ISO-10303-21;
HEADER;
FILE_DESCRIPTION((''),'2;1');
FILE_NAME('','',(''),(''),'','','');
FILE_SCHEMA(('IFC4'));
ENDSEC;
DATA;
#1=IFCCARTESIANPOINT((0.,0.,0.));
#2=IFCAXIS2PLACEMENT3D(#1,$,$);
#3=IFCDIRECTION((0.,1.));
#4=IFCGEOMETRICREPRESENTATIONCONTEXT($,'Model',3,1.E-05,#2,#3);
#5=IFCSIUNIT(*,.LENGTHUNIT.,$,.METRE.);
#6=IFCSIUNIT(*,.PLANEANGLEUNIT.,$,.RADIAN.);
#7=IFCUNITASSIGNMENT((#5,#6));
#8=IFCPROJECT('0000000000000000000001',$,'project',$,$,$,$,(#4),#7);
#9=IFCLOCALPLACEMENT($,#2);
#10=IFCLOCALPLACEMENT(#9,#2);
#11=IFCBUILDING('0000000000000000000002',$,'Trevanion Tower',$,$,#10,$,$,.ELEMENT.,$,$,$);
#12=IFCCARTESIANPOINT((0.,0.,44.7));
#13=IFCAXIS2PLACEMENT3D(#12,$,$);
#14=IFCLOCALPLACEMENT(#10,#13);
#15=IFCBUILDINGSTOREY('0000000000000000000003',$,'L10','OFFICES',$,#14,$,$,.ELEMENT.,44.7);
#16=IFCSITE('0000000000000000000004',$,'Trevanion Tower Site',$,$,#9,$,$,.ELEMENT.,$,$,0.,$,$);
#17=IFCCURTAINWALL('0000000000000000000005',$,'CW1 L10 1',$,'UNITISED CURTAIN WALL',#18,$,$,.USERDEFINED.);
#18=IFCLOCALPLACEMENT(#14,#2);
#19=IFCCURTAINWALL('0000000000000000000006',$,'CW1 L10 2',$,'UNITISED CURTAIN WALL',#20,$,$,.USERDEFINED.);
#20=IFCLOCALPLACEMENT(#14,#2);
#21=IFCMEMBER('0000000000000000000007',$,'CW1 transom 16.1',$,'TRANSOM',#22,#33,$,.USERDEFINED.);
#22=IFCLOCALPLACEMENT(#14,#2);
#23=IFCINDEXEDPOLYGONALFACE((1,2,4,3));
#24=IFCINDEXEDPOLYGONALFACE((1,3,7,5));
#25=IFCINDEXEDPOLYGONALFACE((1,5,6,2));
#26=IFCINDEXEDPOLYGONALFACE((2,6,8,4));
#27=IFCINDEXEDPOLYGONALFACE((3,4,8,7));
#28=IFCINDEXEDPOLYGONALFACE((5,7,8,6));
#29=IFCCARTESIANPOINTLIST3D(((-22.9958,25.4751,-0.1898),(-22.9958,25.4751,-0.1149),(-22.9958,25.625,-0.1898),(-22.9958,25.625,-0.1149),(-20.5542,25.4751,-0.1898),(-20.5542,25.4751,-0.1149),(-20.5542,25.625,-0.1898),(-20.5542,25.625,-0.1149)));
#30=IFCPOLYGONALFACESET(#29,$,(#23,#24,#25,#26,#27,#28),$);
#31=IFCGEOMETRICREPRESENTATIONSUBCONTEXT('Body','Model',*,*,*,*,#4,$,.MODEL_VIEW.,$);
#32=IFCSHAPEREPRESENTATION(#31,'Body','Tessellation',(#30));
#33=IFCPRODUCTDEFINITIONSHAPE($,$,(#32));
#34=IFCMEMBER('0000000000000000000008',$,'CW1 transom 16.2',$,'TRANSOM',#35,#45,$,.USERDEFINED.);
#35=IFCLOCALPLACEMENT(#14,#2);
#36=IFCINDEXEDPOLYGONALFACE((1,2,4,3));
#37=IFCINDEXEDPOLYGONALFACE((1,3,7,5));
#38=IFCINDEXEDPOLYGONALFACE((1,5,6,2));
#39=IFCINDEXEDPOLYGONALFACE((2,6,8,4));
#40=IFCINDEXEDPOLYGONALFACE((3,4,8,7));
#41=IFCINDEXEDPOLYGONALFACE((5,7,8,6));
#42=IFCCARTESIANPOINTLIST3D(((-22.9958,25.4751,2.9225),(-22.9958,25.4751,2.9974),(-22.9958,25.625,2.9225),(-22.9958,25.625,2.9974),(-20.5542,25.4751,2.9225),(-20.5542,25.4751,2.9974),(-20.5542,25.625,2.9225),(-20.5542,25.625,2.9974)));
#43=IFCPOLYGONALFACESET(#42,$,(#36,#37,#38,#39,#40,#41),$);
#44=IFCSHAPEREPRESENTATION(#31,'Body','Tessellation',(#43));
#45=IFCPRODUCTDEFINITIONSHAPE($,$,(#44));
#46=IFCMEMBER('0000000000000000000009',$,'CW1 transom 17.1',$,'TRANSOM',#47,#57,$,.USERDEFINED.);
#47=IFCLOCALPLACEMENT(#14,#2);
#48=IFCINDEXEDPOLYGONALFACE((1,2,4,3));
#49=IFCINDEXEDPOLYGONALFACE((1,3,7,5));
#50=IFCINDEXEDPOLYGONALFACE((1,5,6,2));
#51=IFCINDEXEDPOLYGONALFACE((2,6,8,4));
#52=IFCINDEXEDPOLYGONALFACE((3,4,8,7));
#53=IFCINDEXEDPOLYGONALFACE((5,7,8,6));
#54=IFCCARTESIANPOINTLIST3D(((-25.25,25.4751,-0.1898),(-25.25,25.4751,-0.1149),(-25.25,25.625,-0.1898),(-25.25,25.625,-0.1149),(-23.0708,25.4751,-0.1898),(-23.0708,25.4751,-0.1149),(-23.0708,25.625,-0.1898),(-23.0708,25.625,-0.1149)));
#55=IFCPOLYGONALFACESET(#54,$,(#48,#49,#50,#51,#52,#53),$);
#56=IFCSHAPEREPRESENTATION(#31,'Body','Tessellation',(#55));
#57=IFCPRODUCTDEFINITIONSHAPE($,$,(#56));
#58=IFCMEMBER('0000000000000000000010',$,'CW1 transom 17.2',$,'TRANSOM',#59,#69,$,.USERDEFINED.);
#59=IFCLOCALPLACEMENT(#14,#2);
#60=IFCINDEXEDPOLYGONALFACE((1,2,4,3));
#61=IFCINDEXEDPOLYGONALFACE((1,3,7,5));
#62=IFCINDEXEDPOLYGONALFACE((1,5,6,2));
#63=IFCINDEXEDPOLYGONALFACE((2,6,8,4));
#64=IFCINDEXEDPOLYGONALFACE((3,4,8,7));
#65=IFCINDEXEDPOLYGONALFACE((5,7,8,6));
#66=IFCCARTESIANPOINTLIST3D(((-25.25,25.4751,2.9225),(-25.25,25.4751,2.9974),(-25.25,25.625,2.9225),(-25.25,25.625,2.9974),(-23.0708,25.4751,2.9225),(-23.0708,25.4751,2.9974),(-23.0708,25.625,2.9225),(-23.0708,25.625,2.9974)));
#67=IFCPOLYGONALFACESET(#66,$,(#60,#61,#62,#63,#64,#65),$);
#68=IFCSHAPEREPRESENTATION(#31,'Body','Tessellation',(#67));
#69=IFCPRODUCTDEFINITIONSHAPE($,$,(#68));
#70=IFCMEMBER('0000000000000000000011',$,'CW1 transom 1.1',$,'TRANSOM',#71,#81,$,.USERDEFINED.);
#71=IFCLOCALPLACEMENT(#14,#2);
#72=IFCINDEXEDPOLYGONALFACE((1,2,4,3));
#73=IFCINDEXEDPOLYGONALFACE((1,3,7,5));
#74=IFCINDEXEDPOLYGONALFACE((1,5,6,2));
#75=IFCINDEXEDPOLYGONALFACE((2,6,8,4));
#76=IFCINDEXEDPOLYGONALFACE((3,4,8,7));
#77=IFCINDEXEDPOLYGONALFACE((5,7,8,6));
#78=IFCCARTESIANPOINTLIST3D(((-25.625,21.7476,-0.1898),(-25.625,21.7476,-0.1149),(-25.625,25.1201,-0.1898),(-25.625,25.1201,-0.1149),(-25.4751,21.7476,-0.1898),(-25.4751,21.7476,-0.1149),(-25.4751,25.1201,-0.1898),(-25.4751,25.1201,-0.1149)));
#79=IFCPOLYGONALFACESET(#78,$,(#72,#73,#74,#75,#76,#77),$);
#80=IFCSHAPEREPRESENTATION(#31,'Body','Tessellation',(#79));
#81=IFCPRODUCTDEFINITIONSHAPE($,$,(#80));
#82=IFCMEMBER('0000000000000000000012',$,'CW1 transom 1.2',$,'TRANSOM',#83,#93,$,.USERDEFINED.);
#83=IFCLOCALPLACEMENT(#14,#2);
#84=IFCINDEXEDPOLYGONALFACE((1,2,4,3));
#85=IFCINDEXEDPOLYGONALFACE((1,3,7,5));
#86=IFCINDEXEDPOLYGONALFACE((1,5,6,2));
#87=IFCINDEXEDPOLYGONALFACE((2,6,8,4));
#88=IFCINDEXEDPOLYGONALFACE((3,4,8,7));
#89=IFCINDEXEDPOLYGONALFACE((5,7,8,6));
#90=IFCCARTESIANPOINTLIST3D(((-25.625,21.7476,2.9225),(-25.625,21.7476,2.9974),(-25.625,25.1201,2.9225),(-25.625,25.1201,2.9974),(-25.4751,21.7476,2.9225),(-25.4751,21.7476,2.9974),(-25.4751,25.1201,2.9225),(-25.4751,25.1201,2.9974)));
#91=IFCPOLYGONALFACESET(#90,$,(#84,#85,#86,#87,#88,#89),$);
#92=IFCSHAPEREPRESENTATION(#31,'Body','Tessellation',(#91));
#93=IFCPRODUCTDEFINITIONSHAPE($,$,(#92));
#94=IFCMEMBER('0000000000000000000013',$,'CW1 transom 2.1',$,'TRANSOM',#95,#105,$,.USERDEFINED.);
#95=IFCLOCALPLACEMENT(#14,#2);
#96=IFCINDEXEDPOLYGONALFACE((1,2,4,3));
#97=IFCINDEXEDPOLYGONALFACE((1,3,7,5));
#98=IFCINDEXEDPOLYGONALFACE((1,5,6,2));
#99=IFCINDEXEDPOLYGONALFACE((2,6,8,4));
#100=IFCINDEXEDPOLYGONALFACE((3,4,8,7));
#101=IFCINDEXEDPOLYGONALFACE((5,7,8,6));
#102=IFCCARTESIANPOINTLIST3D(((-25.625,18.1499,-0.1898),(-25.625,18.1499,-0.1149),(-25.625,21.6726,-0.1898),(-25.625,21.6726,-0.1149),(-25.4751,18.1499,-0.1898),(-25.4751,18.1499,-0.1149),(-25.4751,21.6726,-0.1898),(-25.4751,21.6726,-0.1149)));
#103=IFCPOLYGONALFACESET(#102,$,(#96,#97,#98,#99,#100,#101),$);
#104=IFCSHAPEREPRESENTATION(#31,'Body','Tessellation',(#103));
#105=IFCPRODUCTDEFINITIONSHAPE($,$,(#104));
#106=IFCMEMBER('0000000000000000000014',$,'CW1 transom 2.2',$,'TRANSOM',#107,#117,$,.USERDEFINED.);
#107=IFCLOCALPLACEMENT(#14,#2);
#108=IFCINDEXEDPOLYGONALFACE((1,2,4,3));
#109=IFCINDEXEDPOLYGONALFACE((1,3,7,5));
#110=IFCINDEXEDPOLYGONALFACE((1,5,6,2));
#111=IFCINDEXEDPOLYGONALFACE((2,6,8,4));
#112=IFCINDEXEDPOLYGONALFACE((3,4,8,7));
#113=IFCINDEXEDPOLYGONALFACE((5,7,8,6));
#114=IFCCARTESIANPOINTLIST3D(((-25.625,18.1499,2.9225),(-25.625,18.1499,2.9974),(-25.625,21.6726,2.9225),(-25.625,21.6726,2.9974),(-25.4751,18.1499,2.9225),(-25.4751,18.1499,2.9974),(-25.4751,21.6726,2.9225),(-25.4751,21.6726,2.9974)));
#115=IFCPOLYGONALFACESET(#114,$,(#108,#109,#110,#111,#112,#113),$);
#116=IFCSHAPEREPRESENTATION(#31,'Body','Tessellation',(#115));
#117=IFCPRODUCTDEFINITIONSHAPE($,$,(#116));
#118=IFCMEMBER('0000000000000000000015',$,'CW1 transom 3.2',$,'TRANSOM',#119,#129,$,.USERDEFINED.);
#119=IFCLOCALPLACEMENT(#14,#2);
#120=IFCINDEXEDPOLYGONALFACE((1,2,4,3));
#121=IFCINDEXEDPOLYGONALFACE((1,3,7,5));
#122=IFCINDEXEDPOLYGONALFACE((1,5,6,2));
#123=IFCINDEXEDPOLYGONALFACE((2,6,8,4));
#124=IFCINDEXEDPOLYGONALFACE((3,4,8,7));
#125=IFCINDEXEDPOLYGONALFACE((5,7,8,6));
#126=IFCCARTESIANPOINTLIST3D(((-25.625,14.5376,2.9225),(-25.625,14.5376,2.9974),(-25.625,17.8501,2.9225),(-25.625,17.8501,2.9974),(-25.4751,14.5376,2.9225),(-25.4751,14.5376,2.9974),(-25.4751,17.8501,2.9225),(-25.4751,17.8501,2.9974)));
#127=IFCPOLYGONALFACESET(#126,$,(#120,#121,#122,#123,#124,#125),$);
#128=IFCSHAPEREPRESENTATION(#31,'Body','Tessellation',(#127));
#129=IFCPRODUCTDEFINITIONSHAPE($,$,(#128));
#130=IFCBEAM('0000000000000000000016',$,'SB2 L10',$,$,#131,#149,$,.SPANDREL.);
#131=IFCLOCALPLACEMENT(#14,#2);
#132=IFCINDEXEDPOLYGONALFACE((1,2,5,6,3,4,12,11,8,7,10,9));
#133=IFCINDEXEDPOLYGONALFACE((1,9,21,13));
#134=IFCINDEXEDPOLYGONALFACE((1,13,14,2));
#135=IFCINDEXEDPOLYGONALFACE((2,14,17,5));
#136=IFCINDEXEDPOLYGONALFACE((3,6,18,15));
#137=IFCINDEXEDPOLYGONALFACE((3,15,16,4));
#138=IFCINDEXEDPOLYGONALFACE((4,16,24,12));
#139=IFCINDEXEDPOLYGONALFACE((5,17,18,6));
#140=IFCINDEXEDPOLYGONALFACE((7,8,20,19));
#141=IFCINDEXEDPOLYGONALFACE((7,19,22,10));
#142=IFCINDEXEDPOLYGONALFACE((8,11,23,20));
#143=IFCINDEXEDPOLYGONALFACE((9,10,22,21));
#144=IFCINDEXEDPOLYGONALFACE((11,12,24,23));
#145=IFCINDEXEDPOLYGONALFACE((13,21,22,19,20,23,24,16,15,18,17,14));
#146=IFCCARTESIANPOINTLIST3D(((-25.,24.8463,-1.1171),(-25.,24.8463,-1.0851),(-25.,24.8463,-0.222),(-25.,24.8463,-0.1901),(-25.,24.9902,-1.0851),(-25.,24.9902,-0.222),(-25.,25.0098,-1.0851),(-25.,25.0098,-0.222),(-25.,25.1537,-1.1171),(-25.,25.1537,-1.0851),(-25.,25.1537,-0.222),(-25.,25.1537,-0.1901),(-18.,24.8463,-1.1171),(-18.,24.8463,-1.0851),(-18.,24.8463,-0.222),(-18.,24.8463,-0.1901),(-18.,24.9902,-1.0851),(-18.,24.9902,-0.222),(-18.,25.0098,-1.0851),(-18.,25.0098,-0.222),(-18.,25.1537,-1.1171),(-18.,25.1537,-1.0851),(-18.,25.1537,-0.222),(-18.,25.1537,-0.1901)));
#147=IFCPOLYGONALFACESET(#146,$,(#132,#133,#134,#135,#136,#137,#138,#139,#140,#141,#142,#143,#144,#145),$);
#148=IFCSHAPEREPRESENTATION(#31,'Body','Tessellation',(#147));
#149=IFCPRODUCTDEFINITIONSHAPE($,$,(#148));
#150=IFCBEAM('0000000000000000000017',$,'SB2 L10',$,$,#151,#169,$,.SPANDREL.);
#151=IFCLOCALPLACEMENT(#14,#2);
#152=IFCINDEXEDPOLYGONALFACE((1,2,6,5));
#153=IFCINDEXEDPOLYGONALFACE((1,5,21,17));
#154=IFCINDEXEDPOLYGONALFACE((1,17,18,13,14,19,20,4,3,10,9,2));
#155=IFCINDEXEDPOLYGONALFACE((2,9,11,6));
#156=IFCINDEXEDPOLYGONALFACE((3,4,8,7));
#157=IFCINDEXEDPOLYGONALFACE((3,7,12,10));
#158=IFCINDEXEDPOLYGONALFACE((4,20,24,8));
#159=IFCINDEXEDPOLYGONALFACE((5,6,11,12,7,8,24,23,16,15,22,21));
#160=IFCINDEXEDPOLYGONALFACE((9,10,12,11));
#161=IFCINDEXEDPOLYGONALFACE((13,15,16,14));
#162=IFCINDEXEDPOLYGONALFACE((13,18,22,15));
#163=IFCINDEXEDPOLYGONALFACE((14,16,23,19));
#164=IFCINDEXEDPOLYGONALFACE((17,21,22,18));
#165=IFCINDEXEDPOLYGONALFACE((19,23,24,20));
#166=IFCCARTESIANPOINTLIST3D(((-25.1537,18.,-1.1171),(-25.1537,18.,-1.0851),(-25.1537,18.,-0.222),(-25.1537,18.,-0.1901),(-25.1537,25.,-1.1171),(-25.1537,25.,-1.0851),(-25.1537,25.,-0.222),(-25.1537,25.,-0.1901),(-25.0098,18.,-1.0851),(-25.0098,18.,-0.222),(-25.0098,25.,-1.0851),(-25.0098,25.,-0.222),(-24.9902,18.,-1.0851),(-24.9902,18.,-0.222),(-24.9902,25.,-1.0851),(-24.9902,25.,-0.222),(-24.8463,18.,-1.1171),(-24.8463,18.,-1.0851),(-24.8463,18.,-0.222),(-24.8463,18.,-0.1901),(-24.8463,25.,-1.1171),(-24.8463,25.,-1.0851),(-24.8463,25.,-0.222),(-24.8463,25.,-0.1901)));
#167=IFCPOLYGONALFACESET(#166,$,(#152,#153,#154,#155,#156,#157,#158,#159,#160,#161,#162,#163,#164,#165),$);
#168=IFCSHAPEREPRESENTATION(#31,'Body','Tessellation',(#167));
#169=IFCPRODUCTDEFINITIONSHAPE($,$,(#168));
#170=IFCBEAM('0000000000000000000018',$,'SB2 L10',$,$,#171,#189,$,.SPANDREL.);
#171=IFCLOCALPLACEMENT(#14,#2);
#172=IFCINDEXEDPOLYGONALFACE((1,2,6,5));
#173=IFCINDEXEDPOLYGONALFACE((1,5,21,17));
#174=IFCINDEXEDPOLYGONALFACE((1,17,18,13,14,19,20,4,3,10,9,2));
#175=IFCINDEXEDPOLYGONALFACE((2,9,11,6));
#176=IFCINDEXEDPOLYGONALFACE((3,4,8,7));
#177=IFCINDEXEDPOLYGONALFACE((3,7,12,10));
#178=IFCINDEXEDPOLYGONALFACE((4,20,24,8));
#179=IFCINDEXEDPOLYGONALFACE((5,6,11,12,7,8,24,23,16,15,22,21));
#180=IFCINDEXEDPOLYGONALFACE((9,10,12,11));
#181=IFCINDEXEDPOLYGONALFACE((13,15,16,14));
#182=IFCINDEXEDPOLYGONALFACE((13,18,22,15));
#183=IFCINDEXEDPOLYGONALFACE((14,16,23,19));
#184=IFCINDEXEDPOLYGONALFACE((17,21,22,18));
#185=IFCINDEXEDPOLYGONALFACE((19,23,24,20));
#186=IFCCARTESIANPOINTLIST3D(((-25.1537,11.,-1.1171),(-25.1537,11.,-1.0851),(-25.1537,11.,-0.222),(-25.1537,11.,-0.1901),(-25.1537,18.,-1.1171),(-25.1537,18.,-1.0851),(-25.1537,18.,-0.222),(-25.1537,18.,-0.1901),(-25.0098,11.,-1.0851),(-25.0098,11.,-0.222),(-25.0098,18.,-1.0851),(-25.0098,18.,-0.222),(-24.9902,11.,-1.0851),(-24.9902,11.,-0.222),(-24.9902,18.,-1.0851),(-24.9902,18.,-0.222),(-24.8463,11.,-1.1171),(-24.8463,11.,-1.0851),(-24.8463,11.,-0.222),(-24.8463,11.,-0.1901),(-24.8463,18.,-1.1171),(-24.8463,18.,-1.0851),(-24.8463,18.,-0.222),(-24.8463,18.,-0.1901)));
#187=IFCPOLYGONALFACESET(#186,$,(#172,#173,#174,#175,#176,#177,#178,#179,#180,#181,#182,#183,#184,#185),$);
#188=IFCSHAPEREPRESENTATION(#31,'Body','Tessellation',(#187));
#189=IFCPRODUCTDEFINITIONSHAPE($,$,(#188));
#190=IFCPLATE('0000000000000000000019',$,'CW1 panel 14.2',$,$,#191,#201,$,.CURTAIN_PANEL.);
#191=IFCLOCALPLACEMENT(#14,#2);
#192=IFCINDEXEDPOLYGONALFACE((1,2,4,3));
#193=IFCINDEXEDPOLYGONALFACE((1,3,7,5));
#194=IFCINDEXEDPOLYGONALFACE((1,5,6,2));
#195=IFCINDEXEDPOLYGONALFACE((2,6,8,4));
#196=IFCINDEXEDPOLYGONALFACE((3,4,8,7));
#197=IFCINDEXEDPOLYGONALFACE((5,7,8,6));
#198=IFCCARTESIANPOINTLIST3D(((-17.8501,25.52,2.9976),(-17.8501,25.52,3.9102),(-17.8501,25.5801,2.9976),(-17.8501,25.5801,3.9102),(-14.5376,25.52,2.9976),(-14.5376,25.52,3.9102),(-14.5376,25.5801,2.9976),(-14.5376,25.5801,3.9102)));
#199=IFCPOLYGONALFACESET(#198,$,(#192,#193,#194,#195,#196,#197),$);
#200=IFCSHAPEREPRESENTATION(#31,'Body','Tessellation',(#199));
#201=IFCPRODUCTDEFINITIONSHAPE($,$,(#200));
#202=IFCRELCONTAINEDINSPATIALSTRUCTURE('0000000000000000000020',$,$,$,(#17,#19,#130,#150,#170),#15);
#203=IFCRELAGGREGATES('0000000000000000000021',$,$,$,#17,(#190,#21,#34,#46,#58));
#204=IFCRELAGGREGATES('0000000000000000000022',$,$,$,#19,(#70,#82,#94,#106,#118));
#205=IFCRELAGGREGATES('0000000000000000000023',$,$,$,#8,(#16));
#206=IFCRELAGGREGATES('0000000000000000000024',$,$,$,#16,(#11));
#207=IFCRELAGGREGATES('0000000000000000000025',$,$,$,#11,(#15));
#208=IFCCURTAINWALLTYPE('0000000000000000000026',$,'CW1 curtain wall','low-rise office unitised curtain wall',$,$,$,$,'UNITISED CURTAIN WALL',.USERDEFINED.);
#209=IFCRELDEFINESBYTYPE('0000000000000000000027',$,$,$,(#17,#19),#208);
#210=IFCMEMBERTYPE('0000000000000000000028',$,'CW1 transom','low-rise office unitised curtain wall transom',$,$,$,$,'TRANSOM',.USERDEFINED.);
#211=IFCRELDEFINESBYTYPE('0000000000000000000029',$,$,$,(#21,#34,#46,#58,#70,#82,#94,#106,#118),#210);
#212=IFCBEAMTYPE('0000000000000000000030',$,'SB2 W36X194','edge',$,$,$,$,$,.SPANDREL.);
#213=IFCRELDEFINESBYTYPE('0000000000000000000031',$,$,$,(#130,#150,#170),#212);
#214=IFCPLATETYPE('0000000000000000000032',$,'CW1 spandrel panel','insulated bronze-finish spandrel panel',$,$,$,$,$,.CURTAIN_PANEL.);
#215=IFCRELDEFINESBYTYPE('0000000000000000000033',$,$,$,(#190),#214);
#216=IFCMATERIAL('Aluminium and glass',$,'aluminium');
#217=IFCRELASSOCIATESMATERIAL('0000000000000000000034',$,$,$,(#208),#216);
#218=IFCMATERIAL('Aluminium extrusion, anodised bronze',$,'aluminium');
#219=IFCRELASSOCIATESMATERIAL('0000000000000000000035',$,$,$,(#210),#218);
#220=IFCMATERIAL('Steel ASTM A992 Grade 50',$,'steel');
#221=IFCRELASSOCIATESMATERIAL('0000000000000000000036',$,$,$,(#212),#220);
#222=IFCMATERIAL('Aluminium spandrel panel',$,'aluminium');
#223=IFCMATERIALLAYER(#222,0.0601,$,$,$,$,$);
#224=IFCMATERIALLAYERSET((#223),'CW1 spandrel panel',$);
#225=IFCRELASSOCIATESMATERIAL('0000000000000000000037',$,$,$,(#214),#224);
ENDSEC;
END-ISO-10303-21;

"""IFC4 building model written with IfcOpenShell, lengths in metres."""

from ifc_helpers import new_model, si_unit, direction, frame, origin, origin_2d, place, context, subcontext, project, spatial, rectangle, i_section, extrude, material, layer, layer_set, material_profile, profile_set, type_object, element, aggregate, save


model = new_model("IFC4")

# Units and contexts
model_context = context("Model", 3, precision=1e-05, world=origin(), true_north=direction((0.0, 1.0)))
body_context = subcontext(model_context, "Body", "Model", "MODEL_VIEW")
ifc_project = project(units=[si_unit("LENGTHUNIT", "METRE"), si_unit("PLANEANGLEUNIT", "RADIAN")], contexts=[model_context])

# Site, building, storey
site_placement = place(None, origin())
site = spatial("IfcSite", under=ifc_project, at=site_placement, Name="Trevanion Tower Site", CompositionType="ELEMENT", RefElevation=0.0)
building_placement = place(site_placement, origin())
building = spatial("IfcBuilding", under=site, at=building_placement, Name="Trevanion Tower", CompositionType="ELEMENT")
storey_placement = place(building_placement, frame((0.0, 0.0, 44.7)))
storey = spatial("IfcBuildingStorey", under=building, at=storey_placement, Name="L10", Description="OFFICES", CompositionType="ELEMENT", Elevation=44.7)

# Curtain wall
ifc_material_1 = material(Name="Aluminium and glass", Category="aluminium")
curtain_wall_type = type_object("IfcCurtainWallType", Name="CW1 curtain wall", Description="low-rise office unitised curtain wall", ElementType="UNITISED CURTAIN WALL", PredefinedType="USERDEFINED", material=ifc_material_1)
curtain_wall_1_placement = place(storey_placement, origin())
curtain_wall_1 = element("IfcCurtainWall", 1, at=curtain_wall_1_placement, inside=storey, type_object=curtain_wall_type, Name="CW1 L10 1", ObjectType="UNITISED CURTAIN WALL", PredefinedType="USERDEFINED")

# Curtain wall
curtain_wall_2_placement = place(storey_placement, origin())
curtain_wall_2 = element("IfcCurtainWall", 2, at=curtain_wall_2_placement, inside=storey, type_object=curtain_wall_type, Name="CW1 L10 2", ObjectType="UNITISED CURTAIN WALL", PredefinedType="USERDEFINED")

# Members
ifc_material_2 = material(Name="Aluminium extrusion, anodised bronze", Category="aluminium")
ifc_material_profile_1 = material_profile(ifc_material_2, rectangle(XDim=0.1499, YDim=0.075, at=origin_2d()), Name="CW1 transom")
ifc_profile_set_1 = profile_set([ifc_material_profile_1], Name="Aluminium extrusion, anodised bronze")
member_type_1 = type_object("IfcMemberType", Name="CW1 transom", Description="low-rise office unitised curtain wall transom", ElementType="TRANSOM", PredefinedType="USERDEFINED", material=ifc_profile_set_1)
member_1_placement = place(storey_placement, frame((-20.5542, 25.55, -0.1523), z_axis=(-1.0, 0.0, 0.0), x_axis=(0.0, -1.0, 0.0)))
member_1 = element("IfcMember", 3, at=member_1_placement, type_object=member_type_1, Name="CW1 transom 16.1", ObjectType="TRANSOM", PredefinedType="USERDEFINED", context=body_context, shape_type="SweptSolid", body=[
    extrude(rectangle(XDim=0.1499, YDim=0.075, at=origin_2d()), origin(), (0.0, 0.0, 1.0), 2.4417),
])
member_2_placement = place(storey_placement, frame((-20.5542, 25.55, 2.96), z_axis=(-1.0, 0.0, 0.0), x_axis=(0.0, -1.0, 0.0)))
member_2 = element("IfcMember", 4, at=member_2_placement, type_object=member_type_1, Name="CW1 transom 16.2", ObjectType="TRANSOM", PredefinedType="USERDEFINED", context=body_context, shape_type="SweptSolid", body=[
    extrude(rectangle(XDim=0.1499, YDim=0.075, at=origin_2d()), origin(), (0.0, 0.0, 1.0), 2.4417),
])
member_3_placement = place(storey_placement, frame((-23.0708, 25.55, -0.1523), z_axis=(-1.0, 0.0, 0.0), x_axis=(0.0, -1.0, 0.0)))
member_3 = element("IfcMember", 5, at=member_3_placement, type_object=member_type_1, Name="CW1 transom 17.1", ObjectType="TRANSOM", PredefinedType="USERDEFINED", context=body_context, shape_type="SweptSolid", body=[
    extrude(rectangle(XDim=0.1499, YDim=0.075, at=origin_2d()), origin(), (0.0, 0.0, 1.0), 2.1792),
])
member_4_placement = place(storey_placement, frame((-23.0708, 25.55, 2.96), z_axis=(-1.0, 0.0, 0.0), x_axis=(0.0, -1.0, 0.0)))
member_4 = element("IfcMember", 6, at=member_4_placement, type_object=member_type_1, Name="CW1 transom 17.2", ObjectType="TRANSOM", PredefinedType="USERDEFINED", context=body_context, shape_type="SweptSolid", body=[
    extrude(rectangle(XDim=0.1499, YDim=0.075, at=origin_2d()), origin(), (0.0, 0.0, 1.0), 2.1792),
])
member_5_placement = place(storey_placement, frame((-25.55, 25.1201, -0.1523), z_axis=(0.0, -1.0, 0.0), x_axis=(1.0, 0.0, 0.0)))
member_5 = element("IfcMember", 7, at=member_5_placement, type_object=member_type_1, Name="CW1 transom 1.1", ObjectType="TRANSOM", PredefinedType="USERDEFINED", context=body_context, shape_type="SweptSolid", body=[
    extrude(rectangle(XDim=0.1499, YDim=0.075, at=origin_2d()), origin(), (0.0, 0.0, 1.0), 3.3726),
])
member_6_placement = place(storey_placement, frame((-25.55, 25.1201, 2.96), z_axis=(0.0, -1.0, 0.0), x_axis=(1.0, 0.0, 0.0)))
member_6 = element("IfcMember", 8, at=member_6_placement, type_object=member_type_1, Name="CW1 transom 1.2", ObjectType="TRANSOM", PredefinedType="USERDEFINED", context=body_context, shape_type="SweptSolid", body=[
    extrude(rectangle(XDim=0.1499, YDim=0.075, at=origin_2d()), origin(), (0.0, 0.0, 1.0), 3.3726),
])
member_7_placement = place(storey_placement, frame((-25.55, 21.6726, -0.1523), z_axis=(0.0, -1.0, 0.0), x_axis=(1.0, 0.0, 0.0)))
member_7 = element("IfcMember", 9, at=member_7_placement, type_object=member_type_1, Name="CW1 transom 2.1", ObjectType="TRANSOM", PredefinedType="USERDEFINED", context=body_context, shape_type="SweptSolid", body=[
    extrude(rectangle(XDim=0.1499, YDim=0.075, at=origin_2d()), origin(), (0.0, 0.0, 1.0), 3.5227),
])
member_8_placement = place(storey_placement, frame((-25.55, 21.6726, 2.96), z_axis=(0.0, -1.0, 0.0), x_axis=(1.0, 0.0, 0.0)))
member_8 = element("IfcMember", 10, at=member_8_placement, type_object=member_type_1, Name="CW1 transom 2.2", ObjectType="TRANSOM", PredefinedType="USERDEFINED", context=body_context, shape_type="SweptSolid", body=[
    extrude(rectangle(XDim=0.1499, YDim=0.075, at=origin_2d()), origin(), (0.0, 0.0, 1.0), 3.5227),
])
member_9_placement = place(storey_placement, frame((-25.55, 17.8501, 2.96), z_axis=(0.0, -1.0, 0.0), x_axis=(1.0, 0.0, 0.0)))
member_9 = element("IfcMember", 11, at=member_9_placement, type_object=member_type_1, Name="CW1 transom 3.2", ObjectType="TRANSOM", PredefinedType="USERDEFINED", context=body_context, shape_type="SweptSolid", body=[
    extrude(rectangle(XDim=0.1499, YDim=0.075, at=origin_2d()), origin(), (0.0, 0.0, 1.0), 3.3125),
])

# Beams
ifc_material_3 = material(Name="Steel ASTM A992 Grade 50", Category="steel")
ifc_material_profile_2 = material_profile(ifc_material_3, i_section(OverallWidth=0.3074, OverallDepth=0.927, WebThickness=0.0195, FlangeThickness=0.032, at=origin_2d()), Name="W36X194")
ifc_profile_set_2 = profile_set([ifc_material_profile_2], Name="Steel ASTM A992 Grade 50")
beam_type = type_object("IfcBeamType", Name="SB2 W36X194", Description="edge", PredefinedType="SPANDREL", material=ifc_profile_set_2)
for number, where, z_axis, x_axis, name in (
    (12, (-18.0, 25.0, -0.6536), (-1.0, 0.0, 0.0), (0.0, -1.0, 0.0), "SB2 L10"),
    (13, (-25.0, 25.0, -0.6536), (0.0, -1.0, 0.0), (1.0, 0.0, 0.0), "SB2 L10"),
    (14, (-25.0, 18.0, -0.6536), (0.0, -1.0, 0.0), (1.0, 0.0, 0.0), "SB2 L10"),
):
    element("IfcBeam", number, at=place(storey_placement, frame(where, z_axis=z_axis, x_axis=x_axis)), inside=storey, type_object=beam_type, Name=name, PredefinedType="SPANDREL", context=body_context, shape_type="SweptSolid", body=[
        extrude(i_section(OverallWidth=0.3074, OverallDepth=0.927, WebThickness=0.0195, FlangeThickness=0.032, at=origin_2d()), origin(), (0.0, 0.0, 1.0), 7.0),
    ])

# Plate
ifc_material_4 = material(Name="Aluminium spandrel panel", Category="aluminium")
ifc_layer_1 = layer(ifc_material_4, 0.0601)
ifc_layer_set_1 = layer_set([ifc_layer_1], Name="CW1 spandrel panel")
plate_type_1 = type_object("IfcPlateType", Name="CW1 spandrel panel", Description="insulated bronze-finish spandrel panel", PredefinedType="CURTAIN_PANEL", material=ifc_layer_set_1)
plate_1_placement = place(storey_placement, frame((-16.1938, 25.55, 2.9976), z_axis=(0.0, 0.0, 1.0), x_axis=(-1.0, 0.0, 0.0)))
plate_1 = element("IfcPlate", 15, at=plate_1_placement, type_object=plate_type_1, Name="CW1 panel 14.2", PredefinedType="CURTAIN_PANEL", context=body_context, shape_type="SweptSolid", body=[
    extrude(rectangle(XDim=3.3125, YDim=0.0601, at=origin_2d()), origin(), (0.0, 0.0, 1.0), 0.9126),
])
aggregate(curtain_wall_1, [plate_1, member_1, member_2, member_3, member_4])
aggregate(curtain_wall_2, [member_5, member_6, member_7, member_8, member_9])

save(model, "model.ifc")
